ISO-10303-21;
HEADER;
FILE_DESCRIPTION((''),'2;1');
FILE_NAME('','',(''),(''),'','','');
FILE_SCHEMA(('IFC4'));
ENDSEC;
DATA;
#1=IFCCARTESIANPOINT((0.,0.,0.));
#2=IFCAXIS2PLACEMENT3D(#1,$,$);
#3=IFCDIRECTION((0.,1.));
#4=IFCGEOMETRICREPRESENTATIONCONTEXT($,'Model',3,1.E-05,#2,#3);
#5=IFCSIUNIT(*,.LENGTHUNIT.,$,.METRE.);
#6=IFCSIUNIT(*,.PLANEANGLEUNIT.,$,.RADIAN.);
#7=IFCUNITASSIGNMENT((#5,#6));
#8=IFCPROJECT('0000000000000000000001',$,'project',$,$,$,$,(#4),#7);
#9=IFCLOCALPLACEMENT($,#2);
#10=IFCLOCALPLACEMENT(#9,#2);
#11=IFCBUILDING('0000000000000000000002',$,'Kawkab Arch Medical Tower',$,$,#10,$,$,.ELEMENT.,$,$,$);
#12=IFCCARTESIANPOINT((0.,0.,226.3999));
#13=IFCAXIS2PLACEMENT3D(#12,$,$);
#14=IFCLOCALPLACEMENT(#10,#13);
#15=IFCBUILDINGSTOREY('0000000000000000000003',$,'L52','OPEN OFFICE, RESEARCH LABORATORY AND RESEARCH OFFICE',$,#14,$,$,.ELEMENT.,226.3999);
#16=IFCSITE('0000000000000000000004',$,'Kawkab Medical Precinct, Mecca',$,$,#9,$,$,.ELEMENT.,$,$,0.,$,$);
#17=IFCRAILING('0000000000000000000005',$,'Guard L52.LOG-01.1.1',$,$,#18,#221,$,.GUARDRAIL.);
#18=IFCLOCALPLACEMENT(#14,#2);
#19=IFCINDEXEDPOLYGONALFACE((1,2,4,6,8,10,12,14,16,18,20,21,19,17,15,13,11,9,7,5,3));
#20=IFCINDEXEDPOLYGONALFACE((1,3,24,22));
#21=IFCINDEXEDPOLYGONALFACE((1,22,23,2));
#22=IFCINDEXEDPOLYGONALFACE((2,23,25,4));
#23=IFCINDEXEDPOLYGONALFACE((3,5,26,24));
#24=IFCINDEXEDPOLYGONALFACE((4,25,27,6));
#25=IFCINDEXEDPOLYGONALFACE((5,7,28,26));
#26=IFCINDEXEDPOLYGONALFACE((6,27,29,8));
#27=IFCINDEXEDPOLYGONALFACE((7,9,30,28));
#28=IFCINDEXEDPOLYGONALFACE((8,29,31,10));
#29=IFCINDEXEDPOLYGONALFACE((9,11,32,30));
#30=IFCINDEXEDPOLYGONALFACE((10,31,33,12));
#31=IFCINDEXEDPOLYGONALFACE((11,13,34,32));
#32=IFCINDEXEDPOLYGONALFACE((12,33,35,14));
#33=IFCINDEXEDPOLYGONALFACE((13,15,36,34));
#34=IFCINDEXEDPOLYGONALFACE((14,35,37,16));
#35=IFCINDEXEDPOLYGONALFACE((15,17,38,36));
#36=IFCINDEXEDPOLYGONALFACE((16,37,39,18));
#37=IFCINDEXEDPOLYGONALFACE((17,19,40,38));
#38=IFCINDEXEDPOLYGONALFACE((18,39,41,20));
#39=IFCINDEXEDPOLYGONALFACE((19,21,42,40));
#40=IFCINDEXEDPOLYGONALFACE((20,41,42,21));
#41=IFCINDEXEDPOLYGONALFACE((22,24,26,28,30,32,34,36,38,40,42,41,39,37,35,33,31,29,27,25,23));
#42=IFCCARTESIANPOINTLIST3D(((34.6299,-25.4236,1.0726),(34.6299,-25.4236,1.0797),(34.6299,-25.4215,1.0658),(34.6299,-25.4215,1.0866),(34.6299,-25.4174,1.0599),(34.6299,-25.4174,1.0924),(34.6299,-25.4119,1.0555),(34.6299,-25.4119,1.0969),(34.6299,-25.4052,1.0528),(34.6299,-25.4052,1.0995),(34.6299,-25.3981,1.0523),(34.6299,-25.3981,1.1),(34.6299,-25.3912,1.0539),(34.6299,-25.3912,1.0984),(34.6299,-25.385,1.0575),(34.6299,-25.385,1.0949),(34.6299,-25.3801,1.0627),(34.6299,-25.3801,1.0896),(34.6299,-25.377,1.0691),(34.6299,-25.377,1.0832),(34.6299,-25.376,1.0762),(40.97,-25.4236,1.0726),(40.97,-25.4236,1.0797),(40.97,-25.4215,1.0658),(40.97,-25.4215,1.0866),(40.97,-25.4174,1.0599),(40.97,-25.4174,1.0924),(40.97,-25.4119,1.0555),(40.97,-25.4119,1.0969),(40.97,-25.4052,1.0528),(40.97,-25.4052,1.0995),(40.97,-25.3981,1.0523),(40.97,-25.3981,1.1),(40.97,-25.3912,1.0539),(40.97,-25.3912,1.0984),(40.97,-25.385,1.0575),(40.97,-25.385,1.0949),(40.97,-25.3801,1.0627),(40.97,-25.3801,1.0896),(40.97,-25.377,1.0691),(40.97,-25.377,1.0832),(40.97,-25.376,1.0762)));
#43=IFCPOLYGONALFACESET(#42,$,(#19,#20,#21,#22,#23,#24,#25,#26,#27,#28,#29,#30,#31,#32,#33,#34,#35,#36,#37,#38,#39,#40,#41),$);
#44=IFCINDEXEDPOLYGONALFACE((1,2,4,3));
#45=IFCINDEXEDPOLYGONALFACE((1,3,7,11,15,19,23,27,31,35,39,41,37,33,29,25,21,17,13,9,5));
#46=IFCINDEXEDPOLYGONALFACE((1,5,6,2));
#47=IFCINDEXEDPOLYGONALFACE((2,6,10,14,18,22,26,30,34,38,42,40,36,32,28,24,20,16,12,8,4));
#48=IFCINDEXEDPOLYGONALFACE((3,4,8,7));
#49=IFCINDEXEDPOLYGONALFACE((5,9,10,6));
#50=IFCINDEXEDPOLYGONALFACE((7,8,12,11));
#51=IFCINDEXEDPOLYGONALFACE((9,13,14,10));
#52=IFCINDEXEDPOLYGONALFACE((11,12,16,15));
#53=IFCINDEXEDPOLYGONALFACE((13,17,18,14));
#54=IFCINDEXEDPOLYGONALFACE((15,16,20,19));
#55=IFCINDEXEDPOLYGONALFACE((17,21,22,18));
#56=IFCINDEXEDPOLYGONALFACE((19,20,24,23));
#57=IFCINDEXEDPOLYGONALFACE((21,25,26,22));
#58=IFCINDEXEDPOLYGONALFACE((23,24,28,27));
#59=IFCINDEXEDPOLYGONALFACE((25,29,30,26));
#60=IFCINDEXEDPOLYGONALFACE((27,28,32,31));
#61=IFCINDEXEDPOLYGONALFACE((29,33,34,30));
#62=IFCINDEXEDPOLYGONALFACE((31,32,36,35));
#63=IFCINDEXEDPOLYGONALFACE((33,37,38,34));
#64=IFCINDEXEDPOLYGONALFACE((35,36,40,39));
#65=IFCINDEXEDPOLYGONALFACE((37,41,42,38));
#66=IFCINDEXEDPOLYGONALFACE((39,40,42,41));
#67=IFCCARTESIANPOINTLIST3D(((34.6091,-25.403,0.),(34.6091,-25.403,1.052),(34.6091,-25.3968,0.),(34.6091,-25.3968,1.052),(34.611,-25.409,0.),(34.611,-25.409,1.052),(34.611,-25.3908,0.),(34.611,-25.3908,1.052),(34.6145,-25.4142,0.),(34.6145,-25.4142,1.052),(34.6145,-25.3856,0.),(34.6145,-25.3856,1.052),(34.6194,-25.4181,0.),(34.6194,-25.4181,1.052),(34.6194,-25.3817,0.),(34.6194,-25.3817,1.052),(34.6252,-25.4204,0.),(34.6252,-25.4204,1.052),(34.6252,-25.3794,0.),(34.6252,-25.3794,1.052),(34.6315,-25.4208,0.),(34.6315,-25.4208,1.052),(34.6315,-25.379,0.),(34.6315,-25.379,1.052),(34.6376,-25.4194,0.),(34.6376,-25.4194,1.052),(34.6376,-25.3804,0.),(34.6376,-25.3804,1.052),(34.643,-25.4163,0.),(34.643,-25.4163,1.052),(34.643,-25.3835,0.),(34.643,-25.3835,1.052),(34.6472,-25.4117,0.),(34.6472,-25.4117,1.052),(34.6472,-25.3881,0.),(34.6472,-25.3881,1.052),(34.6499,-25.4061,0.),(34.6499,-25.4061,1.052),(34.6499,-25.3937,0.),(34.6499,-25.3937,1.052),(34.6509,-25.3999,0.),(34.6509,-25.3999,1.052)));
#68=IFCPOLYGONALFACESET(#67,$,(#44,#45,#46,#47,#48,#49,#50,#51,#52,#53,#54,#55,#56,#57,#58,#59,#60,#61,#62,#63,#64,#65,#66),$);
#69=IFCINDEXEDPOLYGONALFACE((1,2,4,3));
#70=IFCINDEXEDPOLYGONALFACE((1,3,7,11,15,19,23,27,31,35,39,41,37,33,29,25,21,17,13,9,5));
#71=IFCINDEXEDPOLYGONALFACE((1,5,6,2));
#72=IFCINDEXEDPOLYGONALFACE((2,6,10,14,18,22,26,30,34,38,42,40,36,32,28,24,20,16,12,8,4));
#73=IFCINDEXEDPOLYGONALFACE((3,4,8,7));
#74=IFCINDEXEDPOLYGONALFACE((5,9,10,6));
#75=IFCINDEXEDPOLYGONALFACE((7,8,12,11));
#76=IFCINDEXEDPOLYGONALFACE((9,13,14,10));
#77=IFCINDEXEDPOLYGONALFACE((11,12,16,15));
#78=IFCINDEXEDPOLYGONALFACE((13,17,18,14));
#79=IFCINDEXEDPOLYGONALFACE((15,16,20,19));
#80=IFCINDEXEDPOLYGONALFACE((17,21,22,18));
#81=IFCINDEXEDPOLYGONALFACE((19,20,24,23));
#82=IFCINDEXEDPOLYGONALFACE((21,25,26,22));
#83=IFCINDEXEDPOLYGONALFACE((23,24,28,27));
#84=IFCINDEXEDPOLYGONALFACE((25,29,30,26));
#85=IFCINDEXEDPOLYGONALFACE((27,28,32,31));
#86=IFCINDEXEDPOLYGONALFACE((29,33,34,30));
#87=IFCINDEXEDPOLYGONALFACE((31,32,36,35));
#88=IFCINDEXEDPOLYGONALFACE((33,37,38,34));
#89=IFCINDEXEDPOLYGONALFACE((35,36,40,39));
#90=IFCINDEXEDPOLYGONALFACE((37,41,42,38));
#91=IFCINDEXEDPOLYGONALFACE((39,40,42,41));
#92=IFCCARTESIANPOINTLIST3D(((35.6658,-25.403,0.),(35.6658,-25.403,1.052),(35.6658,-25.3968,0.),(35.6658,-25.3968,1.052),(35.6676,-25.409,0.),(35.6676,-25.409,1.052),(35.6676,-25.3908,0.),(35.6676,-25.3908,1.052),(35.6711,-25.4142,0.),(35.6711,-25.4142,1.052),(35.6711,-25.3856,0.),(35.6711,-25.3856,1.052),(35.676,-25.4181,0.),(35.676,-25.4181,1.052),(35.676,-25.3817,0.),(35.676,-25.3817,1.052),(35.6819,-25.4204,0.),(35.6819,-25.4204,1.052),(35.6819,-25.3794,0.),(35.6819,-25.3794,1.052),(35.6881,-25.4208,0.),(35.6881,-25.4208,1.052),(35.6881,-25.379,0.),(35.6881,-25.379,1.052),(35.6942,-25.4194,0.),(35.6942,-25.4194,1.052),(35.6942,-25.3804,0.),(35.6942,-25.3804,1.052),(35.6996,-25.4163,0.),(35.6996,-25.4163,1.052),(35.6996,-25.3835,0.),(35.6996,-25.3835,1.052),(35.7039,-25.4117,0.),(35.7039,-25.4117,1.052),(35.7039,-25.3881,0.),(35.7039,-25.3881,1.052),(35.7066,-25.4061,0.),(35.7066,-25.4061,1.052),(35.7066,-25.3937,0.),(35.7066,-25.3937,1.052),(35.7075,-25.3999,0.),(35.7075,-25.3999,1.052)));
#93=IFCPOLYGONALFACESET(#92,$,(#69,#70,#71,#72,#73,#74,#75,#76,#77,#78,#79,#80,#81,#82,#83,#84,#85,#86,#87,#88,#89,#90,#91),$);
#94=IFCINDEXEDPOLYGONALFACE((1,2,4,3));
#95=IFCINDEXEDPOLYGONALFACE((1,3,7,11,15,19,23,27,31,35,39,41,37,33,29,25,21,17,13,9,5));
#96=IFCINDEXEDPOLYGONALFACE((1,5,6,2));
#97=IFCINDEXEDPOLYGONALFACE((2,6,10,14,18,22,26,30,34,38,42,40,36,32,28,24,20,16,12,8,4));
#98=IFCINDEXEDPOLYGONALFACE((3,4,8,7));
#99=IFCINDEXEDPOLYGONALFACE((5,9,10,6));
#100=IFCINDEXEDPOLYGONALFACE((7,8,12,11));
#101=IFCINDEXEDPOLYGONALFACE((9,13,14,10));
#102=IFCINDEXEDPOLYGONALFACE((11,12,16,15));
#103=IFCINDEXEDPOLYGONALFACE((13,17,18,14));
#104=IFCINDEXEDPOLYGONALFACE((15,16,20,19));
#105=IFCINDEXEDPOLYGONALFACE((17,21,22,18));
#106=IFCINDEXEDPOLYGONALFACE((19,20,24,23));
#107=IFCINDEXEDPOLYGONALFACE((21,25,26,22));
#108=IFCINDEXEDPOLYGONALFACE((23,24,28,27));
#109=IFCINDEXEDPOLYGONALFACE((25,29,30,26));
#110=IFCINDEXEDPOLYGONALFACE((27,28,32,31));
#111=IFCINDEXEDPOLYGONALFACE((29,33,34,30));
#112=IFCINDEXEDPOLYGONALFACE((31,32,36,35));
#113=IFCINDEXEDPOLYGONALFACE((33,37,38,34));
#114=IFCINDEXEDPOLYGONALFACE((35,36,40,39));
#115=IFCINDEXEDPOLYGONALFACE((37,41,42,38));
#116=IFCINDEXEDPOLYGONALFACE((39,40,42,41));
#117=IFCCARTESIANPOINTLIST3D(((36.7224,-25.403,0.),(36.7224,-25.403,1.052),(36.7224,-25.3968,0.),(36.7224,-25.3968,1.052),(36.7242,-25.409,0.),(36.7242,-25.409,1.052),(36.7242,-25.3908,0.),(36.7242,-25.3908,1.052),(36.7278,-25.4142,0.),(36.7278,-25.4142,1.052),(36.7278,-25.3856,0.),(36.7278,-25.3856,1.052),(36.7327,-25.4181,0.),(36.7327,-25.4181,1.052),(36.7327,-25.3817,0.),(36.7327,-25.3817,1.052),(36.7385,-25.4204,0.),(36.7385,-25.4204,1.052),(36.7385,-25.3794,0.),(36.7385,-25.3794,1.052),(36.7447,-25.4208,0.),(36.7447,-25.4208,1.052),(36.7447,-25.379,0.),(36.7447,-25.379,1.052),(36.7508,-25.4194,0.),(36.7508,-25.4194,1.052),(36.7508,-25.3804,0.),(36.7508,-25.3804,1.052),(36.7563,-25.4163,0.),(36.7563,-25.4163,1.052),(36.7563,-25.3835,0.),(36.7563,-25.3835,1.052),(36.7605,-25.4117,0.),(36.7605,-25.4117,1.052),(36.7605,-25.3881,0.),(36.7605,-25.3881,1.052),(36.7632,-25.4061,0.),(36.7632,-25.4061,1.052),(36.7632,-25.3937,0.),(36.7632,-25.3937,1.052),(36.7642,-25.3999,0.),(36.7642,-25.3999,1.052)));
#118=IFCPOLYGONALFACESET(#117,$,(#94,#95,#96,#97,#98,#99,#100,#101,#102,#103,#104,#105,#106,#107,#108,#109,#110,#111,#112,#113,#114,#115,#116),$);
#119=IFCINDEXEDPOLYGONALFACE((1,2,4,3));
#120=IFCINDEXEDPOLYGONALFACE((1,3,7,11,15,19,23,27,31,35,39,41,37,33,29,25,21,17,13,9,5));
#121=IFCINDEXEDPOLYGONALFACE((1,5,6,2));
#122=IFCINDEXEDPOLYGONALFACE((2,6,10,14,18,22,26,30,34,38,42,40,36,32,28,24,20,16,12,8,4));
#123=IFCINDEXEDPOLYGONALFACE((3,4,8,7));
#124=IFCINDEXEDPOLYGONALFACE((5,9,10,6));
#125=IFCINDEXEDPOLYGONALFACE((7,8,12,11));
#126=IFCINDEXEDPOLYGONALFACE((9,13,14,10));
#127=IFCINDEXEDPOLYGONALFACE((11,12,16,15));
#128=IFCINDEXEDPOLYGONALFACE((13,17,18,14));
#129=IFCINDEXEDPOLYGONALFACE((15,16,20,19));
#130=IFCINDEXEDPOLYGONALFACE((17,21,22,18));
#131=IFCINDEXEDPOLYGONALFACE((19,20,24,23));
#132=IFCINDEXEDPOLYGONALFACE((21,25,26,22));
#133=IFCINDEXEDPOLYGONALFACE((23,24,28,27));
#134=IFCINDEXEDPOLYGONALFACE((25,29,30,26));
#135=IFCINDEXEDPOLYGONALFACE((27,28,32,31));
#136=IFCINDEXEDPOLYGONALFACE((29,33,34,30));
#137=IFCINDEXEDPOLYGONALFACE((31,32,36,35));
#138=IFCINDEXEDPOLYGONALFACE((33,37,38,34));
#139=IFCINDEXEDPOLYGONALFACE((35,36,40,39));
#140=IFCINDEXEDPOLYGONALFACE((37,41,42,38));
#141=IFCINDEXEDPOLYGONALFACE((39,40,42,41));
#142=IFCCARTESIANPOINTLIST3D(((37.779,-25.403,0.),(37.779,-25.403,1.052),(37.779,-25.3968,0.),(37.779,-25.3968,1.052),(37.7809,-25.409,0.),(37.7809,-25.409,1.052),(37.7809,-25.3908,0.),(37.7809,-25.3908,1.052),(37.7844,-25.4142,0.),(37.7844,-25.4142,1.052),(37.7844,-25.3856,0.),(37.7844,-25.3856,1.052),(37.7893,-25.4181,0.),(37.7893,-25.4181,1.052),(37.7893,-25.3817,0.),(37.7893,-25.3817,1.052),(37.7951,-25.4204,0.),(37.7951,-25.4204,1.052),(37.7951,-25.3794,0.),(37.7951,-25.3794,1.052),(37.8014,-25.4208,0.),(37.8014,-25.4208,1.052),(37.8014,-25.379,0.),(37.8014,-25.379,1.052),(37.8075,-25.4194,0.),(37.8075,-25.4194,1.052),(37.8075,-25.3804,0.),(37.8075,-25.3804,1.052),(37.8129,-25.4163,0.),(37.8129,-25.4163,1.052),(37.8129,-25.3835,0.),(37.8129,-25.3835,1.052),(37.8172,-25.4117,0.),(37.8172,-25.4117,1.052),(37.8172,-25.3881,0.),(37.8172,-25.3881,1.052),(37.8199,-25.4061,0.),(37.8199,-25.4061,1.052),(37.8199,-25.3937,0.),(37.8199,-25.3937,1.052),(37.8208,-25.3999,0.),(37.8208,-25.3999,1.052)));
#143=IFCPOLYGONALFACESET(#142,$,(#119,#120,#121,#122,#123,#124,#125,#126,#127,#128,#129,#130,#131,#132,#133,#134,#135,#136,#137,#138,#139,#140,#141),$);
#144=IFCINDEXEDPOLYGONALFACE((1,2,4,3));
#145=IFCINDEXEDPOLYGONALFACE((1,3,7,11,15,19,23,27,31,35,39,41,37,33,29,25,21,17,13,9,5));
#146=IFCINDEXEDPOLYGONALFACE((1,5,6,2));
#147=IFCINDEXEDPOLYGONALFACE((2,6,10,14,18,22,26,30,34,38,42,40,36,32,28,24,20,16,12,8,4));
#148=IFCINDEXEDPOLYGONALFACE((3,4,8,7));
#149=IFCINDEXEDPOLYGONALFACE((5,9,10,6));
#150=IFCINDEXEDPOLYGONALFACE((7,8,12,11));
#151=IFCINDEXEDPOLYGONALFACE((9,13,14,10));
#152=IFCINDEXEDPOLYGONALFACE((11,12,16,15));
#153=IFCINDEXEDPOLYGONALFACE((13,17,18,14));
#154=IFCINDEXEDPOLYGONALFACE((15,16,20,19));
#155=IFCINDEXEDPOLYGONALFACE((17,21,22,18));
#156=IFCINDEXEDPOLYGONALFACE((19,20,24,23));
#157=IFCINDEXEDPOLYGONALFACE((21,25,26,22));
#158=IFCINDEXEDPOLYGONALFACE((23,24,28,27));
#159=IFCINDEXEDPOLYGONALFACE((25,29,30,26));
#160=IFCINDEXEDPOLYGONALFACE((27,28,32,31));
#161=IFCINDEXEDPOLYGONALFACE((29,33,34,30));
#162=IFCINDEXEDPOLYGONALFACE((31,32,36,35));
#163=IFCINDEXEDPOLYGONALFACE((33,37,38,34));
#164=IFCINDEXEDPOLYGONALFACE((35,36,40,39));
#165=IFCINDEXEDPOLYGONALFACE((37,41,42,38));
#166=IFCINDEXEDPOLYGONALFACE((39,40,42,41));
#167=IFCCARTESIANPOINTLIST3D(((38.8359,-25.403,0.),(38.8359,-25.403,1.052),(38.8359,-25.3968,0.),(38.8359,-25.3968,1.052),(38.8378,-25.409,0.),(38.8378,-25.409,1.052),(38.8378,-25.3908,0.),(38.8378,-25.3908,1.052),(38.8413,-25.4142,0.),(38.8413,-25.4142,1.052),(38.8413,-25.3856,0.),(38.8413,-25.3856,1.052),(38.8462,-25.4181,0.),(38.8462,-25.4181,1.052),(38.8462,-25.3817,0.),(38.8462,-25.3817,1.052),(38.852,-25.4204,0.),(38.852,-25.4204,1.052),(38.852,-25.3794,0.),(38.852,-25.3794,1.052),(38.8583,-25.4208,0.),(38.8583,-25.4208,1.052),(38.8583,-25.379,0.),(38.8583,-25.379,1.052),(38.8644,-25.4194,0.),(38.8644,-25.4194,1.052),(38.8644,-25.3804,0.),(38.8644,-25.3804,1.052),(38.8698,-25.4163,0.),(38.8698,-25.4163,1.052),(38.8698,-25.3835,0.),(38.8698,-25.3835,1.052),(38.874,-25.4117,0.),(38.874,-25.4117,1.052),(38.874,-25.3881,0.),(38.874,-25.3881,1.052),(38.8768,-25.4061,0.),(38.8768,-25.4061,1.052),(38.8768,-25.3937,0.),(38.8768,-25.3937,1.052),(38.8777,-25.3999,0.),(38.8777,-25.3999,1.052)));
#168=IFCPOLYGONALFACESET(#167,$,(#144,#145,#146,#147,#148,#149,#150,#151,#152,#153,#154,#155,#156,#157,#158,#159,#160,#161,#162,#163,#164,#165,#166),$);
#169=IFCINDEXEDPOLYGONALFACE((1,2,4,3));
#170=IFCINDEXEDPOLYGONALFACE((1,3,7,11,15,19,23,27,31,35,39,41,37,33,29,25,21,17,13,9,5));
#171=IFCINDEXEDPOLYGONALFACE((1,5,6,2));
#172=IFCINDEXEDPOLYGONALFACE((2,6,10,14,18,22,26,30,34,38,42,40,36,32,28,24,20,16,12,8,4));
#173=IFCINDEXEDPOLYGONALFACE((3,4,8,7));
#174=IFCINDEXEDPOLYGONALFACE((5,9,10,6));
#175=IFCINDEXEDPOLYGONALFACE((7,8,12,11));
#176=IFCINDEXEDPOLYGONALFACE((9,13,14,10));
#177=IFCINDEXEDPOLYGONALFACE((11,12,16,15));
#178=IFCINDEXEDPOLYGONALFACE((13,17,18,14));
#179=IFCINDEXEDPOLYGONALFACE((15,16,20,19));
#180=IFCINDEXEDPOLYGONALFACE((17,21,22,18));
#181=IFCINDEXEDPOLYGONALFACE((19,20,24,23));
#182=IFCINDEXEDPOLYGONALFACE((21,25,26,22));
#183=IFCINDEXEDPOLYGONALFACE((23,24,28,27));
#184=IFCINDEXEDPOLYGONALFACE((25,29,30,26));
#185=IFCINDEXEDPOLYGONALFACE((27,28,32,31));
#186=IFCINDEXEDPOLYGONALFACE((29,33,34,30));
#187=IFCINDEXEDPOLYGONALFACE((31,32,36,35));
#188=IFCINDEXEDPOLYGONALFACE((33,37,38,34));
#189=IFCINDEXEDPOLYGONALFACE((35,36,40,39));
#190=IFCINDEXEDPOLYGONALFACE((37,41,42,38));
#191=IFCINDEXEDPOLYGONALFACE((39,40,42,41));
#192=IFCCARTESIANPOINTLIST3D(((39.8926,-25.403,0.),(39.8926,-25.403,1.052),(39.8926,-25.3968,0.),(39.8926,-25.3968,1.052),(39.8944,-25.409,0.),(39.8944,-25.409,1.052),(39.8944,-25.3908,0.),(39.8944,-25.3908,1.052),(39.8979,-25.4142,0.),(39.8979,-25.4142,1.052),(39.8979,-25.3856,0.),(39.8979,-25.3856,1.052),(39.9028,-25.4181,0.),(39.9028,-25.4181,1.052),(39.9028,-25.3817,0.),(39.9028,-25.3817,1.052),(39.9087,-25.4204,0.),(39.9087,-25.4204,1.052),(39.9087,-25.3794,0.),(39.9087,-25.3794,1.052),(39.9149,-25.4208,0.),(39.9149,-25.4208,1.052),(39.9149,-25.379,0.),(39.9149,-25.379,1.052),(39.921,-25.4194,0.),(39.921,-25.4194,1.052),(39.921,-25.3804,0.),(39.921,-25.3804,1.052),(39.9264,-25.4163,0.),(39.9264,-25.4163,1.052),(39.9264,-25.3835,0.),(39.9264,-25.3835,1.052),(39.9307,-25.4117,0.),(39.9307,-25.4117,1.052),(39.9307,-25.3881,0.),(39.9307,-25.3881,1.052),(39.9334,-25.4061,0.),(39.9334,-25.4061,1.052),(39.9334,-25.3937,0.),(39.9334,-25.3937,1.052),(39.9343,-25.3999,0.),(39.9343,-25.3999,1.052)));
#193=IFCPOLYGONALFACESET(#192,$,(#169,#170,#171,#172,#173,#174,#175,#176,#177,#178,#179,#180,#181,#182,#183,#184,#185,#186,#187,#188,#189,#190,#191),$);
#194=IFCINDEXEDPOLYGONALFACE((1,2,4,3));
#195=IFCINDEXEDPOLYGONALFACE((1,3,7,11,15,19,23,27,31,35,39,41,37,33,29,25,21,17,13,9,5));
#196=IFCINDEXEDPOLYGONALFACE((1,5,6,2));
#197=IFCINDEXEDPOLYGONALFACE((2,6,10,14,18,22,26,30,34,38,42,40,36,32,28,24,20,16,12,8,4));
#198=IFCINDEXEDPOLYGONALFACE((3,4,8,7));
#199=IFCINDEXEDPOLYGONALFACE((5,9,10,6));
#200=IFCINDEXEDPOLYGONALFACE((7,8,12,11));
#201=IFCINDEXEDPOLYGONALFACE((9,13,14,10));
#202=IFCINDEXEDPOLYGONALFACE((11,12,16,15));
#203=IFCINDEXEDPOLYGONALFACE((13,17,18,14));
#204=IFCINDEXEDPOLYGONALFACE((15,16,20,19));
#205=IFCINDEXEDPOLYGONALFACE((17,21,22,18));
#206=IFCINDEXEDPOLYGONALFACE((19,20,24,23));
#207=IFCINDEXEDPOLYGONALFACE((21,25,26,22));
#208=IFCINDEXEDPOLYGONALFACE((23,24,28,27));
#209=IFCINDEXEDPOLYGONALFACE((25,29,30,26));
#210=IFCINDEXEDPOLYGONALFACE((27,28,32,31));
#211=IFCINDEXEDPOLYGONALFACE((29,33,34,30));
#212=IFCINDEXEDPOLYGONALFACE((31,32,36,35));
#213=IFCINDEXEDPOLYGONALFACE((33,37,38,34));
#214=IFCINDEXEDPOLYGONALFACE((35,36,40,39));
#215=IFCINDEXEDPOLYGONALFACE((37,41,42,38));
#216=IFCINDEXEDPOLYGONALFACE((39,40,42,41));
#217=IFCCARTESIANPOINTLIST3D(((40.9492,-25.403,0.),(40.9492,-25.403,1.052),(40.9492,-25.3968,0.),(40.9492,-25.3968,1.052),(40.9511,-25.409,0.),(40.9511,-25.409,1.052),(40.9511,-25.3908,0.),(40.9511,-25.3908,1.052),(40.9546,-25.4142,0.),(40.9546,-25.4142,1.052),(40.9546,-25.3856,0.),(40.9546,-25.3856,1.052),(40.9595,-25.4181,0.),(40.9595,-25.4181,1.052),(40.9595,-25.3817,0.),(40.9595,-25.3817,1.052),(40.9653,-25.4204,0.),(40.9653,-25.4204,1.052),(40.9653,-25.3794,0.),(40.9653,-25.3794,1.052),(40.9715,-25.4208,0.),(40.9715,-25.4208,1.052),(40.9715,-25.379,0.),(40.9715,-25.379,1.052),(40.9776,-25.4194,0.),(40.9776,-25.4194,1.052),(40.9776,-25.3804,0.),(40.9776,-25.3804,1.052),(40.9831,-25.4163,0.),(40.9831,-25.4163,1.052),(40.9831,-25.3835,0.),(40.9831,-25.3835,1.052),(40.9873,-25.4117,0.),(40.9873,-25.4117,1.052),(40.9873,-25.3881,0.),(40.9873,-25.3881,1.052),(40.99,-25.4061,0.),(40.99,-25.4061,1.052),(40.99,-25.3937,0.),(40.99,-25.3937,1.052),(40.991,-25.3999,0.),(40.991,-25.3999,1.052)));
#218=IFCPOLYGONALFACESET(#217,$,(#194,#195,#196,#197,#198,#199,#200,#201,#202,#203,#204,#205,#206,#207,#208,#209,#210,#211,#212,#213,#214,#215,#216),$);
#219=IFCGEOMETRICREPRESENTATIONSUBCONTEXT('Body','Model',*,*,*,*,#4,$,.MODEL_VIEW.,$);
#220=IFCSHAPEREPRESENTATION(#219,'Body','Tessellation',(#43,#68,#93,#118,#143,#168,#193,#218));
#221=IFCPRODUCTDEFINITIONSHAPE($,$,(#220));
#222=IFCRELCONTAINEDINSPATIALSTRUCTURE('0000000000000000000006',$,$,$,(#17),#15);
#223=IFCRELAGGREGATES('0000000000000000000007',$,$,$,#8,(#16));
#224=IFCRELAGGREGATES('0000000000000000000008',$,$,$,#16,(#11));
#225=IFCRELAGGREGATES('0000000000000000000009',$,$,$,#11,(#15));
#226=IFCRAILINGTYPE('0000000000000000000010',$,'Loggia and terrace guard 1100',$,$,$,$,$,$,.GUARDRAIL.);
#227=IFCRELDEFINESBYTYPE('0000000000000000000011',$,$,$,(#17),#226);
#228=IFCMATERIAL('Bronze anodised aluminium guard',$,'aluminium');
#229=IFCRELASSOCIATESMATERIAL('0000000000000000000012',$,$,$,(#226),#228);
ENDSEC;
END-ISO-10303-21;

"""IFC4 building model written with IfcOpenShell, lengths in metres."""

from ifc_helpers import new_model, si_unit, direction, frame, origin, origin_2d, place, context, subcontext, project, spatial, circle, extrude, material, type_object, element, save


model = new_model("IFC4")

# Units and contexts
model_context = context("Model", 3, precision=1e-05, world=origin(), true_north=direction((0.0, 1.0)))
body_context = subcontext(model_context, "Body", "Model", "MODEL_VIEW")
ifc_project = project(units=[si_unit("LENGTHUNIT", "METRE"), si_unit("PLANEANGLEUNIT", "RADIAN")], contexts=[model_context])

# Site, building, storey
site_placement = place(None, origin())
site = spatial("IfcSite", under=ifc_project, at=site_placement, Name="Kawkab Medical Precinct, Mecca", CompositionType="ELEMENT", RefElevation=0.0)
building_placement = place(site_placement, origin())
building = spatial("IfcBuilding", under=site, at=building_placement, Name="Kawkab Arch Medical Tower", CompositionType="ELEMENT")
storey_placement = place(building_placement, frame((0.0, 0.0, 226.3999)))
storey = spatial("IfcBuildingStorey", under=building, at=storey_placement, Name="L52", Description="OPEN OFFICE, RESEARCH LABORATORY AND RESEARCH OFFICE", CompositionType="ELEMENT", Elevation=226.3999)

# Railing
ifc_material_1 = material(Name="Bronze anodised aluminium guard", Category="aluminium")
railing_type_1 = type_object("IfcRailingType", Name="Loggia and terrace guard 1100", PredefinedType="GUARDRAIL", material=ifc_material_1)
railing_1_placement = place(storey_placement, frame((34.6299, -25.3999, 0.0)))
element("IfcRailing", 1, at=railing_1_placement, inside=storey, type_object=railing_type_1, Name="Guard L52.LOG-01.1.1", PredefinedType="GUARDRAIL", context=body_context, shape_type="SweptSolid", body=[
    extrude(circle(Radius=0.0239, at=origin_2d()), frame((0.0, 0.0, 1.0762), z_axis=(1.0, 0.0, 0.0), x_axis=(0.0, 1.0, 0.0)), (0.0, 0.0, 1.0), 6.3401),
    extrude(circle(Radius=0.021, at=origin_2d()), origin(), (0.0, 0.0, 1.0), 1.052),
    extrude(circle(Radius=0.021, at=origin_2d()), frame((1.0566, 0.0, 0.0)), (0.0, 0.0, 1.0), 1.052),
    extrude(circle(Radius=0.021, at=origin_2d()), frame((2.1133, 0.0, 0.0)), (0.0, 0.0, 1.0), 1.052),
    extrude(circle(Radius=0.021, at=origin_2d()), frame((3.1699, 0.0, 0.0)), (0.0, 0.0, 1.0), 1.052),
    extrude(circle(Radius=0.021, at=origin_2d()), frame((4.2268, 0.0, 0.0)), (0.0, 0.0, 1.0), 1.052),
    extrude(circle(Radius=0.021, at=origin_2d()), frame((5.2834, 0.0, 0.0)), (0.0, 0.0, 1.0), 1.052),
    extrude(circle(Radius=0.021, at=origin_2d()), frame((6.3401, 0.0, 0.0)), (0.0, 0.0, 1.0), 1.052),
])

save(model, "model.ifc")
